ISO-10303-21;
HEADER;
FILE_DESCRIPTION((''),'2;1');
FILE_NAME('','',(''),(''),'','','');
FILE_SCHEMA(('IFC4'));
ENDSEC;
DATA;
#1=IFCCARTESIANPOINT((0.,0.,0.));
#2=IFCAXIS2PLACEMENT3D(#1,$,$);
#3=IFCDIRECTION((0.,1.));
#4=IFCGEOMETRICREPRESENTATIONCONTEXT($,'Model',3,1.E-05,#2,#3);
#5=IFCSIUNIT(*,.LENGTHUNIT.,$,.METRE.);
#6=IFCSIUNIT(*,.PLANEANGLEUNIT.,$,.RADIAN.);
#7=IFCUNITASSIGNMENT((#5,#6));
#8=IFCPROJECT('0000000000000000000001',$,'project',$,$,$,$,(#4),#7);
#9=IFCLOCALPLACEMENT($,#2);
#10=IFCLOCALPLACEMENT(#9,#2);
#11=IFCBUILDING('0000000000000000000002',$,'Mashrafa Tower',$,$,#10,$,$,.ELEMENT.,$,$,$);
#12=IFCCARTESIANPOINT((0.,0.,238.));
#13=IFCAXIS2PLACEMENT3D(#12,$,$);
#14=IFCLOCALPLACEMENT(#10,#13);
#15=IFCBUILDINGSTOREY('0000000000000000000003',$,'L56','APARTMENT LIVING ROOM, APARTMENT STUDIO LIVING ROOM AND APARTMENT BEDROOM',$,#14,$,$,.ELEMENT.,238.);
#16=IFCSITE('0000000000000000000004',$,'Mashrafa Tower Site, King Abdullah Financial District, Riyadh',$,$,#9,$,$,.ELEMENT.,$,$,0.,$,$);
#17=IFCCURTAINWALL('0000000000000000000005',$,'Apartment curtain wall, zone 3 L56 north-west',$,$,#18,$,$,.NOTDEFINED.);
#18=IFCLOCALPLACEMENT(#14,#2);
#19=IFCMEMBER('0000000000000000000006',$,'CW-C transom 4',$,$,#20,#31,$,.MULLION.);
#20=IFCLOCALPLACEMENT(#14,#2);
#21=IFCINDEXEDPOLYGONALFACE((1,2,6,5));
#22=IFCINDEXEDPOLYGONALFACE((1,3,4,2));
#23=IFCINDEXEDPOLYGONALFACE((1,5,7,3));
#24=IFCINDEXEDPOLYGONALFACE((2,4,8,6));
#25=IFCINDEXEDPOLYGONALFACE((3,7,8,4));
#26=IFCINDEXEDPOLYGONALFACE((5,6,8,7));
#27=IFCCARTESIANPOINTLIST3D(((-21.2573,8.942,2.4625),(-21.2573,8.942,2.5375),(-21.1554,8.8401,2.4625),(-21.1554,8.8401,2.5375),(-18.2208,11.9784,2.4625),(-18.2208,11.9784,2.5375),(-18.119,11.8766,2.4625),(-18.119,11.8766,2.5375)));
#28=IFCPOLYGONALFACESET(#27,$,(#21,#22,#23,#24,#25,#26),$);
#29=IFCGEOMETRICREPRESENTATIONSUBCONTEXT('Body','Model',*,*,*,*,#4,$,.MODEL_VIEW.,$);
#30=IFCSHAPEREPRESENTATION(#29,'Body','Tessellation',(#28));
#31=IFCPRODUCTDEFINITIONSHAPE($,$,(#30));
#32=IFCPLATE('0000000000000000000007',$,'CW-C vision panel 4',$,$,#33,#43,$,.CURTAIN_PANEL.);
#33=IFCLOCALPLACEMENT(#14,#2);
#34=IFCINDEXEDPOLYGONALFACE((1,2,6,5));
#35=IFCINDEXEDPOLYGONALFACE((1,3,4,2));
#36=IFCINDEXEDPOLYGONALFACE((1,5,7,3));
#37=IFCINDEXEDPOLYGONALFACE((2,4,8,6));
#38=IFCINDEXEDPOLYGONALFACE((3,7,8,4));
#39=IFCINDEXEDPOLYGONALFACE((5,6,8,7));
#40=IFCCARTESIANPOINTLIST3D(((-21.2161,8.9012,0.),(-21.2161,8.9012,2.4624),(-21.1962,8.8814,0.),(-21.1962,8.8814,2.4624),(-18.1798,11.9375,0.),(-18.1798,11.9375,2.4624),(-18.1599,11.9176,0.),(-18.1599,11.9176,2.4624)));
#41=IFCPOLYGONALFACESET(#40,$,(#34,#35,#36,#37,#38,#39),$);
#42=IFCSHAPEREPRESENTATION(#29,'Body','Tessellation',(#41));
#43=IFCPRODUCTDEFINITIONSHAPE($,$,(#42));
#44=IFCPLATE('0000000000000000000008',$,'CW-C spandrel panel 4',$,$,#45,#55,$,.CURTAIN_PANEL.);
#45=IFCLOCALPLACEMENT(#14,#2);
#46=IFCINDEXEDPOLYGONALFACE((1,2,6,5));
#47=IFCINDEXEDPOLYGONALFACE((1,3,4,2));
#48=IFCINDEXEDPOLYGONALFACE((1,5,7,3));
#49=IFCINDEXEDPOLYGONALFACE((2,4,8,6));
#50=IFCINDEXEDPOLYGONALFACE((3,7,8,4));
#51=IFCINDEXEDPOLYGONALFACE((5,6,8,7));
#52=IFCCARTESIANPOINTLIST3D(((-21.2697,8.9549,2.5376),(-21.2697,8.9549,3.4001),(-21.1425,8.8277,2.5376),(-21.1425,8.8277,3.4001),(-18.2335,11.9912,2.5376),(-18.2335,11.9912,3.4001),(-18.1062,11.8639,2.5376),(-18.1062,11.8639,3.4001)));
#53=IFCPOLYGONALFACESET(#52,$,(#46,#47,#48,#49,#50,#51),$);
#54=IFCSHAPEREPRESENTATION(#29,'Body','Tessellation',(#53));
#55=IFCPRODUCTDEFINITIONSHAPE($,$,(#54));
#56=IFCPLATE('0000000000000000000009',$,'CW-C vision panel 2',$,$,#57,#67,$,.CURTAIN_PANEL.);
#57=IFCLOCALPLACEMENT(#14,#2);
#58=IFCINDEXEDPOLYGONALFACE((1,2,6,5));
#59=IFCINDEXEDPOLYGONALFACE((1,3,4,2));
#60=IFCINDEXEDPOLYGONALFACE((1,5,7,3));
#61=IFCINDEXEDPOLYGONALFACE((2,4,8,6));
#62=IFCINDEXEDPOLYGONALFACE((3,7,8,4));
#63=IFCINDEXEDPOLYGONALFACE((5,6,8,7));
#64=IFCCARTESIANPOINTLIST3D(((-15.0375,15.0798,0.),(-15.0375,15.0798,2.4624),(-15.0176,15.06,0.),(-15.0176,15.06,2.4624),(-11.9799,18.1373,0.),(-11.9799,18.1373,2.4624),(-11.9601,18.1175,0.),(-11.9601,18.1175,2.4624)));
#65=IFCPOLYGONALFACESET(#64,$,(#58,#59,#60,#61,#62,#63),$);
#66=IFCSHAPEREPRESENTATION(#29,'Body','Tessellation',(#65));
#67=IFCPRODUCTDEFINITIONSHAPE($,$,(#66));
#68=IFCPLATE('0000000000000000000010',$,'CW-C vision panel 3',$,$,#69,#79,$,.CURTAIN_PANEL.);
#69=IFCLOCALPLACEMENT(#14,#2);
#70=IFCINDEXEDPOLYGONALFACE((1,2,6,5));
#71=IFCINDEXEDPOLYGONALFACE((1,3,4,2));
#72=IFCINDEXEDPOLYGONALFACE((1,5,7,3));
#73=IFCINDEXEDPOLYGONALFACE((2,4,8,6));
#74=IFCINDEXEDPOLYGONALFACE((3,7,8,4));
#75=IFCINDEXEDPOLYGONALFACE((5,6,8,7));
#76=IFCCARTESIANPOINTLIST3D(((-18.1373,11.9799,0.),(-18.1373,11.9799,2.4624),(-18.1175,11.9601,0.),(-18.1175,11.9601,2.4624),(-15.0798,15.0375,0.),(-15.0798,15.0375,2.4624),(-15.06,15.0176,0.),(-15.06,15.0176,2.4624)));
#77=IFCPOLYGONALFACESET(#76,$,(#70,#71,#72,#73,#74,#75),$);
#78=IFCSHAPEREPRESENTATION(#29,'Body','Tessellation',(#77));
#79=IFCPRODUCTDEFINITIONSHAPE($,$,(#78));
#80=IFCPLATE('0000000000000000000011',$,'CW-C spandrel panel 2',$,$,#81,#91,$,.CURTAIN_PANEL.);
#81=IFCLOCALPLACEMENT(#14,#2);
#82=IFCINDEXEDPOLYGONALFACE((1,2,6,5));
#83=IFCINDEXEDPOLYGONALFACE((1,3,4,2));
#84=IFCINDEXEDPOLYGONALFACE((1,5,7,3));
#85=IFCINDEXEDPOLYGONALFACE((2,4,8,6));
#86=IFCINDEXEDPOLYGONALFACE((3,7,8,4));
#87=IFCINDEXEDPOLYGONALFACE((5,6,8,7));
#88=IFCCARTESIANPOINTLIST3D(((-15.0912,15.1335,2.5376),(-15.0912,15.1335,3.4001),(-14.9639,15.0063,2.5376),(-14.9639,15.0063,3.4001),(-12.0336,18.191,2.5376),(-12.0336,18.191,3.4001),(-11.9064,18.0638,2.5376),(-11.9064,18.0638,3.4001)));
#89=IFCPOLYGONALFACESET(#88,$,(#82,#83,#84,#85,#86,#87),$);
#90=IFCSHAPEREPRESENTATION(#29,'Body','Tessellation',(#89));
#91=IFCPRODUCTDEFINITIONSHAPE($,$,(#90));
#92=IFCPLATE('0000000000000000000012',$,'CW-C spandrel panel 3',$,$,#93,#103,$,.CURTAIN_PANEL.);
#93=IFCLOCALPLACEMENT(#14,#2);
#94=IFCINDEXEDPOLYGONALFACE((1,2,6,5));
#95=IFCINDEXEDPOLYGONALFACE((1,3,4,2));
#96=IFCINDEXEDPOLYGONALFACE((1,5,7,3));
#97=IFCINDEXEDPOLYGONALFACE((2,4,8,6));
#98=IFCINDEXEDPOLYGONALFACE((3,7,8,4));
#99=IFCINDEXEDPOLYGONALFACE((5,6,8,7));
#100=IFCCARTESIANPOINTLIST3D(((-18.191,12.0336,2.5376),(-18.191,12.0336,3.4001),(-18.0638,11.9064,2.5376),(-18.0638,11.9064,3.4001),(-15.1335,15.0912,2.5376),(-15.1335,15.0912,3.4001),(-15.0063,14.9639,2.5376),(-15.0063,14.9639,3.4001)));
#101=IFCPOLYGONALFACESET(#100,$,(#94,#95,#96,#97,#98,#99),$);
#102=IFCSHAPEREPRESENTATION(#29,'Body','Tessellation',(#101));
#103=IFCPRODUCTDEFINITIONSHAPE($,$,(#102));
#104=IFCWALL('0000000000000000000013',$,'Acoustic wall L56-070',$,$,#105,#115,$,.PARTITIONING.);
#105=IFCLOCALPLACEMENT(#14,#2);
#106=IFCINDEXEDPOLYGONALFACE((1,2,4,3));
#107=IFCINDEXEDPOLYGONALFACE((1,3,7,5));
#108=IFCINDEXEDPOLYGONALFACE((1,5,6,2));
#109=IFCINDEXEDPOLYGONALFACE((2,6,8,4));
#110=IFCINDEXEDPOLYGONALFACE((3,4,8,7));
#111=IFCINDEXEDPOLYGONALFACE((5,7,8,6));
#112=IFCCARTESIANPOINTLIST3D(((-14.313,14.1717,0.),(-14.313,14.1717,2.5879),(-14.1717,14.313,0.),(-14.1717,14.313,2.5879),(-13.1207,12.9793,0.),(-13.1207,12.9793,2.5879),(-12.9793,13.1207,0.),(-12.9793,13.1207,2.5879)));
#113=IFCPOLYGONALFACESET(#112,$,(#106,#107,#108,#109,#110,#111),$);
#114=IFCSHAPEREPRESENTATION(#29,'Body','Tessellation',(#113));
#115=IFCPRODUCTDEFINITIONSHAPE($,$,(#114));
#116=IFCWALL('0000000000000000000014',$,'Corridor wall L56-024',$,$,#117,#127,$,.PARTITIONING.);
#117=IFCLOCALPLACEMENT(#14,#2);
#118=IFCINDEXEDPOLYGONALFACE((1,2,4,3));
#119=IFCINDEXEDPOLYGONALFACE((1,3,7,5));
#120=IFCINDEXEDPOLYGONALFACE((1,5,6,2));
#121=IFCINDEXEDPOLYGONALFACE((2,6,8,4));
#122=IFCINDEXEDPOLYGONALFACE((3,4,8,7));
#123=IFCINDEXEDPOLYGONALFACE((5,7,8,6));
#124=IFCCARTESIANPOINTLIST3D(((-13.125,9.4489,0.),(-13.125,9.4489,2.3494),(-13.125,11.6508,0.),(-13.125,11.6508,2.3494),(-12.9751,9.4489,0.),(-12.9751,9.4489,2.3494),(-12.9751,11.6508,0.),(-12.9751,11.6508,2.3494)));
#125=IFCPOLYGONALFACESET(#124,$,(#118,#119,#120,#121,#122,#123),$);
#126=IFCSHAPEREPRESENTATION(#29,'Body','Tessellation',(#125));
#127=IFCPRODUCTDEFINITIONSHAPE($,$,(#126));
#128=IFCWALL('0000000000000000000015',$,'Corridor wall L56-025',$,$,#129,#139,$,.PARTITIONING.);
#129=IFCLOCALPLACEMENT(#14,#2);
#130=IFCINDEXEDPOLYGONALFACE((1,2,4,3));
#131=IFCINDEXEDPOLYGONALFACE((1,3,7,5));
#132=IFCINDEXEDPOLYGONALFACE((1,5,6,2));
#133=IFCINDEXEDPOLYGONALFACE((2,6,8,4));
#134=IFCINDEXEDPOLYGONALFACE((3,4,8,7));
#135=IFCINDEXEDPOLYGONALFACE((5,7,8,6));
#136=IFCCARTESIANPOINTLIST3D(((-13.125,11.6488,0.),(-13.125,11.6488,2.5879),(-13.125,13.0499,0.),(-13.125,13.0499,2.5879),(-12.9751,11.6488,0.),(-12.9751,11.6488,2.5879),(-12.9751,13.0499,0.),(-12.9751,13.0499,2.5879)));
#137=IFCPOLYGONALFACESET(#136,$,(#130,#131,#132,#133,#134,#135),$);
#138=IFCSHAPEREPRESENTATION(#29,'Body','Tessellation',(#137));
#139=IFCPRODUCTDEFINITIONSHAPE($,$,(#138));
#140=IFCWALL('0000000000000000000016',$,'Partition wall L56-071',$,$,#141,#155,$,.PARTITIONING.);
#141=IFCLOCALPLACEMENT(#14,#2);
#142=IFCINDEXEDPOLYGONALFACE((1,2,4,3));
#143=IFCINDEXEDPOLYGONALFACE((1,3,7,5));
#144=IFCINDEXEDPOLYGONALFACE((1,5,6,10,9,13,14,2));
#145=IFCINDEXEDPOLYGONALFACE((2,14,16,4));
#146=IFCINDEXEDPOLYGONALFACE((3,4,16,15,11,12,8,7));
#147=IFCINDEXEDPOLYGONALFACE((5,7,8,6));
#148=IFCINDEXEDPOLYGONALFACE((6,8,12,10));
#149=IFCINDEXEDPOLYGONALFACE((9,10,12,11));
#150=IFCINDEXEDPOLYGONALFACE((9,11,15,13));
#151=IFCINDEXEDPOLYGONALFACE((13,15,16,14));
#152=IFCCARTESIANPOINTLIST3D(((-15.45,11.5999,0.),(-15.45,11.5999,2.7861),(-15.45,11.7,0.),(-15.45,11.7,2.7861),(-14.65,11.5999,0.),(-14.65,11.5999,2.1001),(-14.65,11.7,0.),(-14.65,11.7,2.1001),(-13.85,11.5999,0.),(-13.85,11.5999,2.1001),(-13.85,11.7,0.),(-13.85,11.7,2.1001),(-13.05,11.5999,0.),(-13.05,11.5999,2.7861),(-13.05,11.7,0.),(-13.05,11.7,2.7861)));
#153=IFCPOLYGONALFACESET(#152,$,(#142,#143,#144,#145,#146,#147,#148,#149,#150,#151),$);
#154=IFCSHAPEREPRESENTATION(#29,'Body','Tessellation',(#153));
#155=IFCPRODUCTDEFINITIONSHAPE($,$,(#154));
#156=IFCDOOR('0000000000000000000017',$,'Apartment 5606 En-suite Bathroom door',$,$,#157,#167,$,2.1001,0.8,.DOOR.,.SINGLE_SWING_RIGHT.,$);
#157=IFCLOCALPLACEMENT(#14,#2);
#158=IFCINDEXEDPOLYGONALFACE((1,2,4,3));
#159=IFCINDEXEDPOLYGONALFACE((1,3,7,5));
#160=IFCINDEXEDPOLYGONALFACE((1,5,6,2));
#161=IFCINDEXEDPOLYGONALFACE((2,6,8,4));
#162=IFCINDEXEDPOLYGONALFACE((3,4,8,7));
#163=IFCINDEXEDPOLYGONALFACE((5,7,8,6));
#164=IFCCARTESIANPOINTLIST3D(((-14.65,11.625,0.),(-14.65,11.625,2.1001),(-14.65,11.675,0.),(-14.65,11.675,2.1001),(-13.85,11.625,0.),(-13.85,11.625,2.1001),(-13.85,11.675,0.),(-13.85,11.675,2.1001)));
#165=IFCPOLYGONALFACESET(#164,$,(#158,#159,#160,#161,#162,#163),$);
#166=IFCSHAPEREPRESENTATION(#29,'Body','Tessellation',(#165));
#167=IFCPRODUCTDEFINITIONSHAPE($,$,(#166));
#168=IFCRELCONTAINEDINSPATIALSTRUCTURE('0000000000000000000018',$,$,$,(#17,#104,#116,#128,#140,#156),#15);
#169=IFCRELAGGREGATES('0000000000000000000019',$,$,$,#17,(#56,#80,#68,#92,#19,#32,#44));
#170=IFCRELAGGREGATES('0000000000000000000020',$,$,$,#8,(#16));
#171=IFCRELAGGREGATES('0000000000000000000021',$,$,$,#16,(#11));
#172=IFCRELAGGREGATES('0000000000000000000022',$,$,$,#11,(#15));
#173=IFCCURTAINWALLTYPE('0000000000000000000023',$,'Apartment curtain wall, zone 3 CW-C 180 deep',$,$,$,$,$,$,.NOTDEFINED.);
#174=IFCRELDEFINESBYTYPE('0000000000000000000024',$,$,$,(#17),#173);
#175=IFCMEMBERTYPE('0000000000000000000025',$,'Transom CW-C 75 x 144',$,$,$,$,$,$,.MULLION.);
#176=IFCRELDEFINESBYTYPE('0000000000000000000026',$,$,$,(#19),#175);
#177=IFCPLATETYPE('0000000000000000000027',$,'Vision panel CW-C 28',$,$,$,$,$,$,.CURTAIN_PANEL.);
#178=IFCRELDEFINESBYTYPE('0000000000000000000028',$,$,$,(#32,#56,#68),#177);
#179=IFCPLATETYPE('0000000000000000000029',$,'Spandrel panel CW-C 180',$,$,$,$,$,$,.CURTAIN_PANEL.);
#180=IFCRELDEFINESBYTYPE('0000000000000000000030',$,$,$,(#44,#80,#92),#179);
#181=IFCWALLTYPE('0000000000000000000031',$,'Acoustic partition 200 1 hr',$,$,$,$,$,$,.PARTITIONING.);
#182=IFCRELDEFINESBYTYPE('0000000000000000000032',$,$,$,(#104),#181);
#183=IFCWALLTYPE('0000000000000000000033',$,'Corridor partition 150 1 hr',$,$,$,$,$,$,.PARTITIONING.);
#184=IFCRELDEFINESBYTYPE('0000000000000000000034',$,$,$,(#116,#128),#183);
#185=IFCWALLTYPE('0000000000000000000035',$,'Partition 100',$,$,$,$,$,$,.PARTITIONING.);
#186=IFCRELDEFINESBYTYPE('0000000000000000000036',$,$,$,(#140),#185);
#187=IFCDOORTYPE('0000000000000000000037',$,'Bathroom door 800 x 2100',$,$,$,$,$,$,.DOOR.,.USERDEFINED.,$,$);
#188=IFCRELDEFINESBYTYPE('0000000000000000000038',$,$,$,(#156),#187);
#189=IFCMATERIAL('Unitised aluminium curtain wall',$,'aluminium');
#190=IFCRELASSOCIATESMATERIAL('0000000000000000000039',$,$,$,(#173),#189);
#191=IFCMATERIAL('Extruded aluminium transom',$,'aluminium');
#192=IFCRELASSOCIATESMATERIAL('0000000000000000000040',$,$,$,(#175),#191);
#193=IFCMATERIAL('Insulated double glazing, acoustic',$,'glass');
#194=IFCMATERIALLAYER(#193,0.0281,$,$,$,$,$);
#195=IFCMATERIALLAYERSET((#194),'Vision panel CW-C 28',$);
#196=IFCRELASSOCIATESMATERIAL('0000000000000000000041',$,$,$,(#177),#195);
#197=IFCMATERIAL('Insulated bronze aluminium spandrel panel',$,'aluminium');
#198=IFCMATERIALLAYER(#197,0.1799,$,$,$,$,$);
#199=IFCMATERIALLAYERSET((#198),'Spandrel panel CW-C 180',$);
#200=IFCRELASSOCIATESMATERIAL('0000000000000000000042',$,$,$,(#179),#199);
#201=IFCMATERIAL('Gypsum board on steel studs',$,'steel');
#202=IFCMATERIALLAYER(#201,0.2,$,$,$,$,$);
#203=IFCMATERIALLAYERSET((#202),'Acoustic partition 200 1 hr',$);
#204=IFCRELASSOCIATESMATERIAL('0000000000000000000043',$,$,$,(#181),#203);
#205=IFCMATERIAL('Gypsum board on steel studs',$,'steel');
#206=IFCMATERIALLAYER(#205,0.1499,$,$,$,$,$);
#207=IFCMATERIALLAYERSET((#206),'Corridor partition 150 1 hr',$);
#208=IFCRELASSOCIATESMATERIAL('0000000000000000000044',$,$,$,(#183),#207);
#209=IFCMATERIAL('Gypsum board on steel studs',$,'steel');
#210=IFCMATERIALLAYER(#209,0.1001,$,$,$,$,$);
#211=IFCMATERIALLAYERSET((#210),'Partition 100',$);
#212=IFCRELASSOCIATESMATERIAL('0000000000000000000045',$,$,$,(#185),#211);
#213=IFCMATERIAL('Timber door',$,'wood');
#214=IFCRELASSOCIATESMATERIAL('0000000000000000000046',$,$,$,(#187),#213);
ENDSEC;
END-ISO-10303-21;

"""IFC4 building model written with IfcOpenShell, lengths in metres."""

from ifc_helpers import new_model, si_unit, direction, frame, frame_2d, origin, origin_2d, place, context, subcontext, project, spatial, rectangle, extrude, source, transform, mapped, material, layer, layer_set, material_profile, profile_set, type_object, type_shapes, element, fill, aggregate, save


model = new_model("IFC4")

# Units and contexts
model_context = context("Model", 3, precision=1e-05, world=origin(), true_north=direction((0.0, 1.0)))
body_context = subcontext(model_context, "Body", "Model", "MODEL_VIEW")
ifc_project = project(units=[si_unit("LENGTHUNIT", "METRE"), si_unit("PLANEANGLEUNIT", "RADIAN")], contexts=[model_context])

# Site, building, storey
site_placement = place(None, origin())
site = spatial("IfcSite", under=ifc_project, at=site_placement, Name="Mashrafa Tower Site, King Abdullah Financial District, Riyadh", CompositionType="ELEMENT", RefElevation=0.0)
building_placement = place(site_placement, origin())
building = spatial("IfcBuilding", under=site, at=building_placement, Name="Mashrafa Tower", CompositionType="ELEMENT")
storey_placement = place(building_placement, frame((0.0, 0.0, 238.0)))
storey = spatial("IfcBuildingStorey", under=building, at=storey_placement, Name="L56", Description="APARTMENT LIVING ROOM, APARTMENT STUDIO LIVING ROOM AND APARTMENT BEDROOM", CompositionType="ELEMENT", Elevation=238.0)

# Curtain wall, member, plates
ifc_material_1 = material(Name="Unitised aluminium curtain wall", Category="aluminium")
curtain_wall_type = type_object("IfcCurtainWallType", Name="Apartment curtain wall, zone 3 CW-C 180 deep", PredefinedType="NOTDEFINED", material=ifc_material_1)
curtain_wall_placement = place(storey_placement, origin())
curtain_wall = element("IfcCurtainWall", 1, at=curtain_wall_placement, inside=storey, type_object=curtain_wall_type, Name="Apartment curtain wall, zone 3 L56 north-west", PredefinedType="NOTDEFINED")
ifc_material_2 = material(Name="Extruded aluminium transom", Category="aluminium")
ifc_material_profile_1 = material_profile(ifc_material_2, rectangle(XDim=0.144, YDim=0.075, at=origin_2d()), Name="Transom 75x144")
ifc_profile_set_1 = profile_set([ifc_material_profile_1], Name="Extruded aluminium transom")
member_type_1 = type_object("IfcMemberType", Name="Transom CW-C 75 x 144", PredefinedType="MULLION", material=ifc_profile_set_1)
shared_shape_1 = source(origin(), body_context, "Body", "SweptSolid", [
    extrude(rectangle(XDim=0.144, YDim=0.075, at=origin_2d()), origin(), (0.0, 0.0, 1.0), 4.2942),
])
member_1_placement = place(storey_placement, frame((-18.1699, 11.9275, 2.5), z_axis=(-0.707107, -0.707107, 0.0), x_axis=(0.707107, -0.707107, 0.0)))
member_1 = element("IfcMember", 2, at=member_1_placement, type_object=member_type_1, Name="CW-C transom 4", PredefinedType="MULLION", context=body_context, shape_type="MappedRepresentation", body=[
    mapped(shared_shape_1, transform((0.0, 0.0, 0.0))),
])
ifc_material_3 = material(Name="Insulated double glazing, acoustic", Category="glass")
ifc_layer_1 = layer(ifc_material_3, 0.0281)
ifc_layer_set_1 = layer_set([ifc_layer_1], Name="Vision panel CW-C 28")
plate_type_1 = type_object("IfcPlateType", Name="Vision panel CW-C 28", PredefinedType="CURTAIN_PANEL", material=ifc_layer_set_1)
shared_shape_2 = source(origin(), body_context, "Body", "SweptSolid", [
    extrude(rectangle(XDim=4.2939, YDim=0.0281, at=origin_2d()), origin(), (0.0, 0.0, 1.0), 2.4624),
])
plate_1_placement = place(storey_placement, frame((-19.688, 10.4094, 0.0), z_axis=(0.0, 0.0, 1.0), x_axis=(-0.707107, -0.707107, 0.0)))
plate_1 = element("IfcPlate", 3, at=plate_1_placement, type_object=plate_type_1, Name="CW-C vision panel 4", PredefinedType="CURTAIN_PANEL", context=body_context, shape_type="MappedRepresentation", body=[
    mapped(shared_shape_2, transform((0.0, 0.0, 0.0))),
])
ifc_material_4 = material(Name="Insulated bronze aluminium spandrel panel", Category="aluminium")
ifc_layer_2 = layer(ifc_material_4, 0.1799)
ifc_layer_set_2 = layer_set([ifc_layer_2], Name="Spandrel panel CW-C 180")
plate_type_2 = type_object("IfcPlateType", Name="Spandrel panel CW-C 180", PredefinedType="CURTAIN_PANEL", material=ifc_layer_set_2)
shared_shape_3 = source(origin(), body_context, "Body", "SweptSolid", [
    extrude(rectangle(XDim=4.2939, YDim=0.1799, at=origin_2d()), origin(), (0.0, 0.0, 1.0), 0.8625),
])
plate_2_placement = place(storey_placement, frame((-19.688, 10.4094, 2.5376), z_axis=(0.0, 0.0, 1.0), x_axis=(-0.707107, -0.707107, 0.0)))
plate_2 = element("IfcPlate", 4, at=plate_2_placement, type_object=plate_type_2, Name="CW-C spandrel panel 4", PredefinedType="CURTAIN_PANEL", context=body_context, shape_type="MappedRepresentation", body=[
    mapped(shared_shape_3, transform((0.0, 0.0, 0.0))),
])
shared_shape_4 = source(origin(), body_context, "Body", "SweptSolid", [
    extrude(rectangle(XDim=4.324, YDim=0.0281, at=origin_2d()), origin(), (0.0, 0.0, 1.0), 2.4624),
])
type_shapes(plate_type_1, [shared_shape_2, shared_shape_4])
plate_3_placement = place(storey_placement, frame((-13.4988, 16.5986, 0.0), z_axis=(0.0, 0.0, 1.0), x_axis=(-0.707107, -0.707107, 0.0)))
plate_3 = element("IfcPlate", 5, at=plate_3_placement, type_object=plate_type_1, Name="CW-C vision panel 2", PredefinedType="CURTAIN_PANEL", context=body_context, shape_type="MappedRepresentation", body=[
    mapped(shared_shape_4, transform((0.0, 0.0, 0.0))),
])
plate_4_placement = place(storey_placement, frame((-16.5986, 13.4988, 0.0), z_axis=(0.0, 0.0, 1.0), x_axis=(-0.707107, -0.707107, 0.0)))
plate_4 = element("IfcPlate", 6, at=plate_4_placement, type_object=plate_type_1, Name="CW-C vision panel 3", PredefinedType="CURTAIN_PANEL", context=body_context, shape_type="MappedRepresentation", body=[
    mapped(shared_shape_4, transform((0.0, 0.0, 0.0))),
])
shared_shape_5 = source(origin(), body_context, "Body", "SweptSolid", [
    extrude(rectangle(XDim=4.324, YDim=0.1799, at=origin_2d()), origin(), (0.0, 0.0, 1.0), 0.8625),
])
type_shapes(plate_type_2, [shared_shape_3, shared_shape_5])
plate_5_placement = place(storey_placement, frame((-13.4988, 16.5986, 2.5376), z_axis=(0.0, 0.0, 1.0), x_axis=(-0.707107, -0.707107, 0.0)))
plate_5 = element("IfcPlate", 7, at=plate_5_placement, type_object=plate_type_2, Name="CW-C spandrel panel 2", PredefinedType="CURTAIN_PANEL", context=body_context, shape_type="MappedRepresentation", body=[
    mapped(shared_shape_5, transform((0.0, 0.0, 0.0))),
])
plate_6_placement = place(storey_placement, frame((-16.5986, 13.4988, 2.5376), z_axis=(0.0, 0.0, 1.0), x_axis=(-0.707107, -0.707107, 0.0)))
plate_6 = element("IfcPlate", 8, at=plate_6_placement, type_object=plate_type_2, Name="CW-C spandrel panel 3", PredefinedType="CURTAIN_PANEL", context=body_context, shape_type="MappedRepresentation", body=[
    mapped(shared_shape_5, transform((0.0, 0.0, 0.0))),
])
aggregate(curtain_wall, [plate_3, plate_5, plate_4, plate_6, member_1, plate_1, plate_2])

# Walls
ifc_material_5 = material(Name="Gypsum board on steel studs", Category="steel")
ifc_layer_3 = layer(ifc_material_5, 0.2)
ifc_layer_set_3 = layer_set([ifc_layer_3], Name="Acoustic partition 200 1 hr")
wall_type_1 = type_object("IfcWallType", Name="Acoustic partition 200 1 hr", PredefinedType="PARTITIONING", material=ifc_layer_set_3)
wall_1_placement = place(storey_placement, frame((-14.2424, 14.2424, 0.0), z_axis=(0.0, 0.0, 1.0), x_axis=(0.707107, -0.707107, 0.0)))
element("IfcWall", 9, at=wall_1_placement, inside=storey, type_object=wall_type_1, Name="Acoustic wall L56-070", PredefinedType="PARTITIONING", context=body_context, shape_type="SweptSolid", body=[
    extrude(rectangle(XDim=1.6863, YDim=0.2, at=frame_2d((0.8433, 0.0))), origin(), (0.0, 0.0, 1.0), 2.5879),
])
ifc_material_6 = material(Name="Gypsum board on steel studs", Category="steel")
ifc_layer_4 = layer(ifc_material_6, 0.1499)
ifc_layer_set_4 = layer_set([ifc_layer_4], Name="Corridor partition 150 1 hr")
wall_type_2 = type_object("IfcWallType", Name="Corridor partition 150 1 hr", PredefinedType="PARTITIONING", material=ifc_layer_set_4)
wall_2_placement = place(storey_placement, frame((-13.05, 11.6509, 0.0), z_axis=(0.0, 0.0, 1.0), x_axis=(0.0, -1.0, 0.0)))
element("IfcWall", 10, at=wall_2_placement, inside=storey, type_object=wall_type_2, Name="Corridor wall L56-024", PredefinedType="PARTITIONING", context=body_context, shape_type="SweptSolid", body=[
    extrude(rectangle(XDim=2.2019, YDim=0.1499, at=frame_2d((1.1011, 0.0))), origin(), (0.0, 0.0, 1.0), 2.3494),
])
wall_3_placement = place(storey_placement, frame((-13.05, 13.05, 0.0), z_axis=(0.0, 0.0, 1.0), x_axis=(0.0, -1.0, 0.0)))
element("IfcWall", 11, at=wall_3_placement, inside=storey, type_object=wall_type_2, Name="Corridor wall L56-025", PredefinedType="PARTITIONING", context=body_context, shape_type="SweptSolid", body=[
    extrude(rectangle(XDim=1.4011, YDim=0.1499, at=frame_2d((0.7007, 0.0))), origin(), (0.0, 0.0, 1.0), 2.5879),
])

# Wall, opening, door
ifc_material_7 = material(Name="Gypsum board on steel studs", Category="steel")
ifc_layer_5 = layer(ifc_material_7, 0.1001)
ifc_layer_set_5 = layer_set([ifc_layer_5], Name="Partition 100")
wall_type_3 = type_object("IfcWallType", Name="Partition 100", PredefinedType="PARTITIONING", material=ifc_layer_set_5)
wall_4_placement = place(storey_placement, frame((-13.05, 11.6499, 0.0), z_axis=(0.0, 0.0, 1.0), x_axis=(-1.0, 0.0, 0.0)))
wall_4 = element("IfcWall", 12, at=wall_4_placement, inside=storey, type_object=wall_type_3, Name="Partition wall L56-071", PredefinedType="PARTITIONING", context=body_context, shape_type="SweptSolid", body=[
    extrude(rectangle(XDim=2.3999, YDim=0.1001, at=frame_2d((1.2, 0.0))), origin(), (0.0, 0.0, 1.0), 2.7861),
])
opening_placement = place(wall_4_placement, frame((0.8, 0.0, 0.0)))
opening = element("IfcOpeningElement", 13, at=opening_placement, cuts=wall_4, PredefinedType="OPENING", context=body_context, shape_type="SweptSolid", body=[
    extrude(rectangle(XDim=0.8, YDim=2.1001, at=frame_2d((0.3999, 1.05))), frame((0.0, 0.0601, 0.0), z_axis=(0.0, -1.0, 0.0), x_axis=(1.0, 0.0, 0.0)), (0.0, 0.0, 1.0), 0.1201),
])
ifc_material_8 = material(Name="Timber door", Category="wood")
door_type = type_object("IfcDoorType", Name="Bathroom door 800 x 2100", OperationType="USERDEFINED", PredefinedType="DOOR", material=ifc_material_8)
door_placement = place(opening_placement, origin())
door = element("IfcDoor", 14, at=door_placement, inside=storey, type_object=door_type, Name="Apartment 5606 En-suite Bathroom door", OperationType="SINGLE_SWING_RIGHT", OverallHeight=2.1001, OverallWidth=0.8, PredefinedType="DOOR", context=body_context, shape_type="SweptSolid", body=[
    extrude(rectangle(XDim=0.8, YDim=2.1001, at=frame_2d((0.3999, 1.05))), frame((0.0, 0.0249, 0.0), z_axis=(0.0, -1.0, 0.0), x_axis=(1.0, 0.0, 0.0)), (0.0, 0.0, 1.0), 0.05),
])
fill(opening, door)

save(model, "model.ifc")
